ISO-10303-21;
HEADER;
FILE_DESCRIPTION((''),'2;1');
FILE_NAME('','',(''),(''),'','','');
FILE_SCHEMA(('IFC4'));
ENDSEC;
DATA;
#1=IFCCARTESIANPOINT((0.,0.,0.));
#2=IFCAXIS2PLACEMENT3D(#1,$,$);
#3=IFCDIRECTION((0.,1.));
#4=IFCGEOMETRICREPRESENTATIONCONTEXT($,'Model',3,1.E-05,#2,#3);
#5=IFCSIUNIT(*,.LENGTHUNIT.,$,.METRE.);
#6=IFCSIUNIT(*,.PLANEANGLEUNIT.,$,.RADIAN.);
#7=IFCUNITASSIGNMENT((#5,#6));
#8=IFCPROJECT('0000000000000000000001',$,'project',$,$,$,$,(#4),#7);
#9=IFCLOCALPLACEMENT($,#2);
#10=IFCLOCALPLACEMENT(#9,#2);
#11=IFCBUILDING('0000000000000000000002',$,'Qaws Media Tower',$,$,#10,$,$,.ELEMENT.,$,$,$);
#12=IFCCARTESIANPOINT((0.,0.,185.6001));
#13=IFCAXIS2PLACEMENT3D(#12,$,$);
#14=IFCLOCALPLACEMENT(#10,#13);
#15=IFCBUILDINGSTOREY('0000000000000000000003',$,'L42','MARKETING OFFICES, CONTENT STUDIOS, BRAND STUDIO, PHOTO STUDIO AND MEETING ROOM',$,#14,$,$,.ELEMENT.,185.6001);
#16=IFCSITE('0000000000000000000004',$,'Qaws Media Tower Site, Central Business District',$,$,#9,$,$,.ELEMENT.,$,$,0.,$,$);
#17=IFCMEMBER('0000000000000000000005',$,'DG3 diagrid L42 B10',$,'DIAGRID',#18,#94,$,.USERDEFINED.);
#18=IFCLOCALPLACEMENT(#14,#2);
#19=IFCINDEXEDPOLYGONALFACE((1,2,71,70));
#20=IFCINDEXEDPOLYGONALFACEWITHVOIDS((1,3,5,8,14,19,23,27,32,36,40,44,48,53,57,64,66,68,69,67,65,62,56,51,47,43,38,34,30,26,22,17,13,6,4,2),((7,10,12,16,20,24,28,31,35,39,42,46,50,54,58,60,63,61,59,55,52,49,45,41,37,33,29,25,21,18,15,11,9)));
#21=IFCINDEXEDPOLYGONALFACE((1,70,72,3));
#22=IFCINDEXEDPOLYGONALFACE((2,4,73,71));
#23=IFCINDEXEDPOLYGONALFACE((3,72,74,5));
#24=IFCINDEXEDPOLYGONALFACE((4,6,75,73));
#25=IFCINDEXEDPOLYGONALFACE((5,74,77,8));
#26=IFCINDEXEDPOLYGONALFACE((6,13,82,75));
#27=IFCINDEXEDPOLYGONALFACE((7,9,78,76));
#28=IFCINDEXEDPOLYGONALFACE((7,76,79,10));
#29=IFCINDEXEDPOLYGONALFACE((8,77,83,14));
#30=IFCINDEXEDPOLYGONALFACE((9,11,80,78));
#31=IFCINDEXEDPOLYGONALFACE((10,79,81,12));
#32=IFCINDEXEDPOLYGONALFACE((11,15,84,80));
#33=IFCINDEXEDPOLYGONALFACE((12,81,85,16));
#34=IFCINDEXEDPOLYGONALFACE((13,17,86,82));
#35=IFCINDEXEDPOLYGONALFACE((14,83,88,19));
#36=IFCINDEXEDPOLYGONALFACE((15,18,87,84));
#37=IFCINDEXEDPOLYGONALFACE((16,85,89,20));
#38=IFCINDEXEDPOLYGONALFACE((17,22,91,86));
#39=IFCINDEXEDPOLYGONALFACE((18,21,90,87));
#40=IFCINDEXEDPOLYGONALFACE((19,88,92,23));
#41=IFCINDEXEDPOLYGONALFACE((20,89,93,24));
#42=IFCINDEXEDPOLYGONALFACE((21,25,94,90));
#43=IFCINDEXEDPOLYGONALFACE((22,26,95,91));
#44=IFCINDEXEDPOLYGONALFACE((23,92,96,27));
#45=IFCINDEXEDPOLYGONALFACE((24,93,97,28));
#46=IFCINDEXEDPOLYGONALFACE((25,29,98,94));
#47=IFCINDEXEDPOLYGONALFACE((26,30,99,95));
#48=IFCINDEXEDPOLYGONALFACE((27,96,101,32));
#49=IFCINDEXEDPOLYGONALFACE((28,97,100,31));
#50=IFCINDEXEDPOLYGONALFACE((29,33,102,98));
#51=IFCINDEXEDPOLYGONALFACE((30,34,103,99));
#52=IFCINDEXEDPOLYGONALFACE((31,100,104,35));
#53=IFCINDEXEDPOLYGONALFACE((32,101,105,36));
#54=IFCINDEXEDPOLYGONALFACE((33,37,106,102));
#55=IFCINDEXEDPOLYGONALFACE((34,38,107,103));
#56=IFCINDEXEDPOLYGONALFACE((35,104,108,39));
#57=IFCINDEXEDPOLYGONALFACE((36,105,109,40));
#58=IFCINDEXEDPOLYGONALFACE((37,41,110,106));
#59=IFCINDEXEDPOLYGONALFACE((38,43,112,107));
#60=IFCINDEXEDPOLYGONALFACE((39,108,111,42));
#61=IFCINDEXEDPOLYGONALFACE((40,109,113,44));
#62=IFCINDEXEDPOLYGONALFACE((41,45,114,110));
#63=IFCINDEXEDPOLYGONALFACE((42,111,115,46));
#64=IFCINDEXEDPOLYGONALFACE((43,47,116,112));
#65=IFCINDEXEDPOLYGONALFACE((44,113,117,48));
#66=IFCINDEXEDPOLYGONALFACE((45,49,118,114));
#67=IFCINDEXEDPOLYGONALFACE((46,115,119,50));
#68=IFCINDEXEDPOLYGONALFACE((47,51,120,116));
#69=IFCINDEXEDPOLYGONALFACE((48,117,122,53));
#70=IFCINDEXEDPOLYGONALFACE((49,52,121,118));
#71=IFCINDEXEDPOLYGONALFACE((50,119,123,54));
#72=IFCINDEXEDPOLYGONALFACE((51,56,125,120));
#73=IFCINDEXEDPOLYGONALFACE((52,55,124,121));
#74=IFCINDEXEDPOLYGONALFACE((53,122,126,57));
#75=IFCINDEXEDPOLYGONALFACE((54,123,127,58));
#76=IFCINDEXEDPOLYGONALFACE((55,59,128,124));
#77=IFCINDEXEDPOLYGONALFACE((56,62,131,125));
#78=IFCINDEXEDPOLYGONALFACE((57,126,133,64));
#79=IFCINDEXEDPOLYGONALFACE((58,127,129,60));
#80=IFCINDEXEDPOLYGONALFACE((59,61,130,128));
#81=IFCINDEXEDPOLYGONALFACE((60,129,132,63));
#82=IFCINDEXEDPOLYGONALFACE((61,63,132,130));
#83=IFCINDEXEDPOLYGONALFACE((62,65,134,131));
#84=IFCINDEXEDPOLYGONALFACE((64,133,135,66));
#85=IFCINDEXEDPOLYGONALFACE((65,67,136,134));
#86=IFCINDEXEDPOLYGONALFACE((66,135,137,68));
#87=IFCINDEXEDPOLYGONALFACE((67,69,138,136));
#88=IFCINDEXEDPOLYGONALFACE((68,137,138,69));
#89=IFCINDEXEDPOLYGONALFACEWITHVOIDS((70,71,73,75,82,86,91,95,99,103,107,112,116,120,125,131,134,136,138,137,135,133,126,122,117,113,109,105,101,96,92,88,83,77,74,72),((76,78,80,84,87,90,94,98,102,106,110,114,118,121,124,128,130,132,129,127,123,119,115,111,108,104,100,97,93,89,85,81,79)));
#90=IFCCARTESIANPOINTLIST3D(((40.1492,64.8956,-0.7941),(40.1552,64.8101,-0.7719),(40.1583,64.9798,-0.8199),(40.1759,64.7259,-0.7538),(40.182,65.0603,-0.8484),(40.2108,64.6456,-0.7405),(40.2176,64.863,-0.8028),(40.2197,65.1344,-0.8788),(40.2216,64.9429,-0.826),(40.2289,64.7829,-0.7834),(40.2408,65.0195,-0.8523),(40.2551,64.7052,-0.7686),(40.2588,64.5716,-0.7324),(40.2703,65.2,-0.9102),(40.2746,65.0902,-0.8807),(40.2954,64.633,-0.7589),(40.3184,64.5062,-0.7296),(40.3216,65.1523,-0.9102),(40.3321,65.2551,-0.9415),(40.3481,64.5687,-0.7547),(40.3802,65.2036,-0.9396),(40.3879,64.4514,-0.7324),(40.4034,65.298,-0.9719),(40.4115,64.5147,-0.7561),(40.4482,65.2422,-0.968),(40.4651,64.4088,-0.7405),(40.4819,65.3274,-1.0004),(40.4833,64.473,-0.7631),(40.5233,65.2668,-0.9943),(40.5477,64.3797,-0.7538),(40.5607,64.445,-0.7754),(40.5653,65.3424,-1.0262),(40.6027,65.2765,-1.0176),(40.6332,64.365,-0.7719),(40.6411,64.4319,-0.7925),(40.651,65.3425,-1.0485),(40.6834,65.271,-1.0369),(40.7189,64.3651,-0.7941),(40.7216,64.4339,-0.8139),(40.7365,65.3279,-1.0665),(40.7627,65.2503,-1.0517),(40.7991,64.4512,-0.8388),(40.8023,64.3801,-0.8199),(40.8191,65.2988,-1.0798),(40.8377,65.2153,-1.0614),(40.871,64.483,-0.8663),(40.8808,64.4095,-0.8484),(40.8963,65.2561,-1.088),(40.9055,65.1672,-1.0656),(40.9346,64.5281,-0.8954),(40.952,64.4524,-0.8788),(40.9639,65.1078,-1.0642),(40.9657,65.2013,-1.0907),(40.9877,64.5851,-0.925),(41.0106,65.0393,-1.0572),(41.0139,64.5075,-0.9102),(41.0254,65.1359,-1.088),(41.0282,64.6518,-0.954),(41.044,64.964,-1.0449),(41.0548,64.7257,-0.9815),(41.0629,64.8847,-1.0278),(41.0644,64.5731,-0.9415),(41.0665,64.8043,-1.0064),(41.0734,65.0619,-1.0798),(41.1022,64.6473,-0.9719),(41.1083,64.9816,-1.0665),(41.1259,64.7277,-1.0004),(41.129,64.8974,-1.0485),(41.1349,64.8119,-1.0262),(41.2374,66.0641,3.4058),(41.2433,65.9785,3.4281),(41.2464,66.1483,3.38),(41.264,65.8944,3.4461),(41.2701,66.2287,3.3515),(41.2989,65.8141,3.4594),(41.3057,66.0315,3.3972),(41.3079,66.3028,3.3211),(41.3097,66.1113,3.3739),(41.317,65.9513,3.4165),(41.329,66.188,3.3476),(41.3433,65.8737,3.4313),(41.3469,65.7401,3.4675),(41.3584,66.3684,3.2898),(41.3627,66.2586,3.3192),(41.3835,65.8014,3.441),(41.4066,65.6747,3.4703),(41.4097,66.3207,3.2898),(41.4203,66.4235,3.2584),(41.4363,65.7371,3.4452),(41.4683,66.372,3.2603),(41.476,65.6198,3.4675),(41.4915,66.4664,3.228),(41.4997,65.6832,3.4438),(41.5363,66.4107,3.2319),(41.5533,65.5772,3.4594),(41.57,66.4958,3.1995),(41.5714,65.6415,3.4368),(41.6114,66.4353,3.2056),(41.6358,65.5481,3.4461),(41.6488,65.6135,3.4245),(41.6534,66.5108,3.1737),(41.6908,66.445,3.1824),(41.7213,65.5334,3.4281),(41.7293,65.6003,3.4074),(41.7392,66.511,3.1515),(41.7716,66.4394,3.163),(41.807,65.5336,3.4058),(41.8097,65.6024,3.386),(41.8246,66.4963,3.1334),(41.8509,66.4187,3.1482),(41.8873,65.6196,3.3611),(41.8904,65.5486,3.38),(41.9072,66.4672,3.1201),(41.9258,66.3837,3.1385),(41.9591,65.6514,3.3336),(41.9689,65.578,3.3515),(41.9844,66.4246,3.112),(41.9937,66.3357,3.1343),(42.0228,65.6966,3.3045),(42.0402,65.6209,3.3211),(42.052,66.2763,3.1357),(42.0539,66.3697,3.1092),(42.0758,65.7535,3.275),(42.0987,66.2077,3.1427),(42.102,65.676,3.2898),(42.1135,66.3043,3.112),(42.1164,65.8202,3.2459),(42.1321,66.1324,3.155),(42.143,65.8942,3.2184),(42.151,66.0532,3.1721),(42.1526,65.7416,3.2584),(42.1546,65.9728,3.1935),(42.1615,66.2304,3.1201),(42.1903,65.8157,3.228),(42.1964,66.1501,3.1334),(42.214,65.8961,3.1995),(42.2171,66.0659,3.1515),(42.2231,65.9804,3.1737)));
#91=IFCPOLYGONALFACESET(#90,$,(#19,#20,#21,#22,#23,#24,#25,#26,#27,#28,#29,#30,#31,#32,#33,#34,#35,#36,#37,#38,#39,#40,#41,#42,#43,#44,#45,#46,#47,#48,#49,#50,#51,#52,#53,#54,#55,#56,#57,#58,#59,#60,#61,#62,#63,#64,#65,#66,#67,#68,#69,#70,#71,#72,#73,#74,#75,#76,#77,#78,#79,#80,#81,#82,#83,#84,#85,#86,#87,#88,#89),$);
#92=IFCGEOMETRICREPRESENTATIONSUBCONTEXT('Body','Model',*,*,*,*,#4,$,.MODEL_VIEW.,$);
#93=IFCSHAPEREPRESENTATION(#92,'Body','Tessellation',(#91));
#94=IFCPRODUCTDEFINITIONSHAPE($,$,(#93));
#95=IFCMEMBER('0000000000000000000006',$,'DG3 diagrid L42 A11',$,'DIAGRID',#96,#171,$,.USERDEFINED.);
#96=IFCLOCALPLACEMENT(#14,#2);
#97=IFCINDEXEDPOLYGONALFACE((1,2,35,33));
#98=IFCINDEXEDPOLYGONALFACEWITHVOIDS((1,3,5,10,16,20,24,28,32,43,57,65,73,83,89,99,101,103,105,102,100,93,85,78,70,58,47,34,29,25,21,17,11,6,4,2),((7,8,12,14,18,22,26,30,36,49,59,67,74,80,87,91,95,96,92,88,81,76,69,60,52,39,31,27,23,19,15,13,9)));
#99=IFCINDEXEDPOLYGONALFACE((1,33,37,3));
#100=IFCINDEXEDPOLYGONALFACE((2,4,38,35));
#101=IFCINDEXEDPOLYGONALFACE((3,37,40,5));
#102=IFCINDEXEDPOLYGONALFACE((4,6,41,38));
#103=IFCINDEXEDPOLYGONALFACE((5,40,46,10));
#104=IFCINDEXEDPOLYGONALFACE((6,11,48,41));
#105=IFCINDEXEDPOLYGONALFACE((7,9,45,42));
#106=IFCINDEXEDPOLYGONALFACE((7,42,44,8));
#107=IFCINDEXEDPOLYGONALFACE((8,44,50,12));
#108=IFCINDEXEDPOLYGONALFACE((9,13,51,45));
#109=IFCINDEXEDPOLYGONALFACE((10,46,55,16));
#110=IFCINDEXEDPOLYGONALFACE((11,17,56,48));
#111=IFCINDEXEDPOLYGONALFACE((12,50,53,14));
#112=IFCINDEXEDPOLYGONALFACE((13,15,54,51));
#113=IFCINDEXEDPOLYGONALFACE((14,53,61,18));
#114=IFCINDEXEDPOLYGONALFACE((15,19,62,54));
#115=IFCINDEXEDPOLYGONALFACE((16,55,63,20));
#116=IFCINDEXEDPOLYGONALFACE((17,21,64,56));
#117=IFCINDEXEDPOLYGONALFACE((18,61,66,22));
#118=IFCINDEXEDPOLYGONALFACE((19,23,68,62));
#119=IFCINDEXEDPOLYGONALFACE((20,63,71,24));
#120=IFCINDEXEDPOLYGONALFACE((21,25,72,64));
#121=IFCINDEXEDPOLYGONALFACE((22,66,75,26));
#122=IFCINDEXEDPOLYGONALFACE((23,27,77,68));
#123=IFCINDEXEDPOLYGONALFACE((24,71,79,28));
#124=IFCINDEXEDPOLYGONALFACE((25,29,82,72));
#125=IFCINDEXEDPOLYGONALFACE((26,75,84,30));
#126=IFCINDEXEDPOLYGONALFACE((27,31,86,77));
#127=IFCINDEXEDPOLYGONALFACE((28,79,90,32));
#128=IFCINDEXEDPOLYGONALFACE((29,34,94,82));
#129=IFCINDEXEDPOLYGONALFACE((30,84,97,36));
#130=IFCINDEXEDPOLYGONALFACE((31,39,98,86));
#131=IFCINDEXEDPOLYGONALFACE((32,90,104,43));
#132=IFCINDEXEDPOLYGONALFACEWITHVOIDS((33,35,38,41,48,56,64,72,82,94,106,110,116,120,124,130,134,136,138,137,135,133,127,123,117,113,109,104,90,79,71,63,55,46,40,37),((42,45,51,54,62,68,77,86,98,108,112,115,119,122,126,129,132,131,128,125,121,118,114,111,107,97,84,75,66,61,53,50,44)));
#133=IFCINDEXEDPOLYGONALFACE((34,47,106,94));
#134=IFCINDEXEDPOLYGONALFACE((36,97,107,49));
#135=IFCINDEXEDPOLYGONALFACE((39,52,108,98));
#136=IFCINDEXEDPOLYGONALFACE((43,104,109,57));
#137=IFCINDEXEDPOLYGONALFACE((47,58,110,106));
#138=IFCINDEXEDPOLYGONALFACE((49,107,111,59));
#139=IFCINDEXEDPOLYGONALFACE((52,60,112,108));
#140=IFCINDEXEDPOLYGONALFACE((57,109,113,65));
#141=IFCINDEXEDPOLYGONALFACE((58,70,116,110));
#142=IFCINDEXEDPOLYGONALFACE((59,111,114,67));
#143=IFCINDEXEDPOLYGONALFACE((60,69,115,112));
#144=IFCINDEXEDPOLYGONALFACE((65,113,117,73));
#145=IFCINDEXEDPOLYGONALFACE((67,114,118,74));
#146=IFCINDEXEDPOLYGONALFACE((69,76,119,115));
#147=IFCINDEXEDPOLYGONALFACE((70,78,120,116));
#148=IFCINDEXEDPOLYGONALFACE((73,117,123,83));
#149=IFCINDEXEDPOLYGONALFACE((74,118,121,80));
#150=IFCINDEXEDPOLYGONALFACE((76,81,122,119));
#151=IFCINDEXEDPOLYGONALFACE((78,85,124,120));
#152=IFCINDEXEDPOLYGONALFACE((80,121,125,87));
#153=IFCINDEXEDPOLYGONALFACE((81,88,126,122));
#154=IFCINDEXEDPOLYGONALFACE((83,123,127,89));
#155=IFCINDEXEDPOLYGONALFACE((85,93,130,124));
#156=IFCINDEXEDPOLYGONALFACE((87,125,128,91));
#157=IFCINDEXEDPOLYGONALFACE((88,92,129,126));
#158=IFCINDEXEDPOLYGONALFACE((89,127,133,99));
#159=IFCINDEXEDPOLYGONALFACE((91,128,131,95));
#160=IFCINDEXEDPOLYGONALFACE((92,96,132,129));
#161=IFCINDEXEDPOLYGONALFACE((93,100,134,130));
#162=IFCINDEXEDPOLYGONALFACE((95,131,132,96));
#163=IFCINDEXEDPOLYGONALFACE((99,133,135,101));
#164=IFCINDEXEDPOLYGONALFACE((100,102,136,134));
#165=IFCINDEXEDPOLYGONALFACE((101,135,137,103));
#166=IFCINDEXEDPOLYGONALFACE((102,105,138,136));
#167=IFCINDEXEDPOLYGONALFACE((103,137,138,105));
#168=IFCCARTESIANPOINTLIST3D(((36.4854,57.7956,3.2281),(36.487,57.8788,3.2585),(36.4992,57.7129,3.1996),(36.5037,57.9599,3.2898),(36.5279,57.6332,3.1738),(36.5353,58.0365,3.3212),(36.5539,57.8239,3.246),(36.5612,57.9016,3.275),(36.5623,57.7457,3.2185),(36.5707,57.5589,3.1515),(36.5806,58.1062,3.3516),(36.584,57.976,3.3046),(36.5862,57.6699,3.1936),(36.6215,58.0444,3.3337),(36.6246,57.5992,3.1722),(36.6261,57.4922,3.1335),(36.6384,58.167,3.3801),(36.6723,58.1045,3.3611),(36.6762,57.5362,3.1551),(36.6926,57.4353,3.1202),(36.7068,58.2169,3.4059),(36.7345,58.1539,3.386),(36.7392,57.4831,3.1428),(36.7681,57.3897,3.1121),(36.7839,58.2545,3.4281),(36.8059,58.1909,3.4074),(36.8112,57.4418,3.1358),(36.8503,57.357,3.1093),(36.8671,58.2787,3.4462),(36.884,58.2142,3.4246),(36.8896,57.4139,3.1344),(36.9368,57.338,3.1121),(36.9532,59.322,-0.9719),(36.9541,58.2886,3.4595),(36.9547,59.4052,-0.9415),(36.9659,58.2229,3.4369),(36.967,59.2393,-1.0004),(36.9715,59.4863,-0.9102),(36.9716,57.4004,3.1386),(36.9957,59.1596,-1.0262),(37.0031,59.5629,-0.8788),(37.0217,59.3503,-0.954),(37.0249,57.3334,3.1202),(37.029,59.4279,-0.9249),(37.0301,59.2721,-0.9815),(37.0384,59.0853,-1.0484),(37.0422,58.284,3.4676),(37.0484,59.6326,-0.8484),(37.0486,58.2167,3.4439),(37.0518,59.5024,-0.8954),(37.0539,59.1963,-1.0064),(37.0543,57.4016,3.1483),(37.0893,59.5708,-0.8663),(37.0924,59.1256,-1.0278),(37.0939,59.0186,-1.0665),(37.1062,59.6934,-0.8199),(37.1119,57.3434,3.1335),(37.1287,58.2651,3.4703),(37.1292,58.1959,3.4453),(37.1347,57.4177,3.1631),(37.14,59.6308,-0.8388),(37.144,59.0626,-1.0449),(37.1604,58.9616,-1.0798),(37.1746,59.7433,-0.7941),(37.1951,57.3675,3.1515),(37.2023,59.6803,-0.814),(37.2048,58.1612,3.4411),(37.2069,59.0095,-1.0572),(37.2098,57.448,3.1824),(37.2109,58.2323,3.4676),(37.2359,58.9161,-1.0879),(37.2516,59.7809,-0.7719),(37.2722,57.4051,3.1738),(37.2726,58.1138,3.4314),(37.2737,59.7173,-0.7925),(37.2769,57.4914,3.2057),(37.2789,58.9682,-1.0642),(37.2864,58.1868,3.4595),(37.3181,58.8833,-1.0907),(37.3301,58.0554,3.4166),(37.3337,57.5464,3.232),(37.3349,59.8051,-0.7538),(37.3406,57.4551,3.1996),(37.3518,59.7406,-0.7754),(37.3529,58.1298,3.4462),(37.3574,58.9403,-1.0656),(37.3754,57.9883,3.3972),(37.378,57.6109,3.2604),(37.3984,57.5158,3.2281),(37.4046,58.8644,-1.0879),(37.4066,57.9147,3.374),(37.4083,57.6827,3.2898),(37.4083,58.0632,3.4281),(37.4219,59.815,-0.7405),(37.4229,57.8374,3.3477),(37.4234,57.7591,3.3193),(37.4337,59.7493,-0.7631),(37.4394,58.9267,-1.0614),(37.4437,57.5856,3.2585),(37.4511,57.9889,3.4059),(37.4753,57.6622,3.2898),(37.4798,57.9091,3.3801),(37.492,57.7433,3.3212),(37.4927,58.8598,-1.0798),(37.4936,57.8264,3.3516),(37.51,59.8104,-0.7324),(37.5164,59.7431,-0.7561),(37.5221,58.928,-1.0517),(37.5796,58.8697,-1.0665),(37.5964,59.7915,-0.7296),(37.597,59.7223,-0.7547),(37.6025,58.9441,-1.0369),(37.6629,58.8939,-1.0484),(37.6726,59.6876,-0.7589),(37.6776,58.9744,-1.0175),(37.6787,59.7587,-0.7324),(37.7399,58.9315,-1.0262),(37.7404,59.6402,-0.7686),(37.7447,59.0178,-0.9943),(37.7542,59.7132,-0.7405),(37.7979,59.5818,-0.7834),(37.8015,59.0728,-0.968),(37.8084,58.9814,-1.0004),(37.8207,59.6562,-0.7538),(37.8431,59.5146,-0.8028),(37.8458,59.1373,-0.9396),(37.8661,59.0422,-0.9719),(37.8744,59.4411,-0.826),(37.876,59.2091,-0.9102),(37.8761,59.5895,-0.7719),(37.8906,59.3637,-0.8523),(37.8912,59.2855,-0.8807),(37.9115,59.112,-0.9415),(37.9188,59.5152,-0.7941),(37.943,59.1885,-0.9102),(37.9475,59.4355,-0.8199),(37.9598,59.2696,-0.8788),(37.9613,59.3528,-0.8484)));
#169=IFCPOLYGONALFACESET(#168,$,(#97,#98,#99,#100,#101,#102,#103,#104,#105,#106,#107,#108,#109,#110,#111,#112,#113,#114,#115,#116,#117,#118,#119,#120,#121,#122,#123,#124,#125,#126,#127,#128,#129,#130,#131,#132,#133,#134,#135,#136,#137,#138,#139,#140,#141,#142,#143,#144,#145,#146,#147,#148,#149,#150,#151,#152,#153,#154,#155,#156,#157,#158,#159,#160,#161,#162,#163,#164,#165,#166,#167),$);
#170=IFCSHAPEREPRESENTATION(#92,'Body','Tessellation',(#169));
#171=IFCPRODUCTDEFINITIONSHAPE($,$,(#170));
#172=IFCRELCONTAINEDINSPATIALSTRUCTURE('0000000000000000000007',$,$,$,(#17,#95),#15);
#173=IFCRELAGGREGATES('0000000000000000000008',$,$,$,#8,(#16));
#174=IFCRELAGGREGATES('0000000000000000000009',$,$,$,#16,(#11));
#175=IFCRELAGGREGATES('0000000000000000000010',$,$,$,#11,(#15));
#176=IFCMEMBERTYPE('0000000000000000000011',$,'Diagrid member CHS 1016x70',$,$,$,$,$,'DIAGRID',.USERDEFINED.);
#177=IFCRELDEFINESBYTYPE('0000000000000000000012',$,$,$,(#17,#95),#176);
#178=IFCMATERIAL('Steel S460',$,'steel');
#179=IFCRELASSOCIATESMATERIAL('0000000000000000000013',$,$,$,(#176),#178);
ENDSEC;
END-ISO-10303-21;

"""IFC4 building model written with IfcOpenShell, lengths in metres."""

from ifc_helpers import new_model, si_unit, direction, frame, origin, origin_2d, place, context, subcontext, project, spatial, hollow_circle, extrude, material, material_profile, profile_set, type_object, element, save


model = new_model("IFC4")

# Units and contexts
model_context = context("Model", 3, precision=1e-05, world=origin(), true_north=direction((0.0, 1.0)))
body_context = subcontext(model_context, "Body", "Model", "MODEL_VIEW")
ifc_project = project(units=[si_unit("LENGTHUNIT", "METRE"), si_unit("PLANEANGLEUNIT", "RADIAN")], contexts=[model_context])

# Site, building, storey
site_placement = place(None, origin())
site = spatial("IfcSite", under=ifc_project, at=site_placement, Name="Qaws Media Tower Site, Central Business District", CompositionType="ELEMENT", RefElevation=0.0)
building_placement = place(site_placement, origin())
building = spatial("IfcBuilding", under=site, at=building_placement, Name="Qaws Media Tower", CompositionType="ELEMENT")
storey_placement = place(building_placement, frame((0.0, 0.0, 185.6001)))
storey = spatial("IfcBuildingStorey", under=building, at=storey_placement, Name="L42", Description="MARKETING OFFICES, CONTENT STUDIOS, BRAND STUDIO, PHOTO STUDIO AND MEETING ROOM", CompositionType="ELEMENT", Elevation=185.6001)

# Members
ifc_material_1 = material(Name="Steel S460", Category="steel")
ifc_material_profile_1 = material_profile(ifc_material_1, hollow_circle(Radius=0.5081, WallThickness=0.0701, at=origin_2d()), Name="CHS 1016x70")
ifc_profile_set_1 = profile_set([ifc_material_profile_1], Name="Steel S460")
member_type_1 = type_object("IfcMemberType", Name="Diagrid member CHS 1016x70", ElementType="DIAGRID", PredefinedType="USERDEFINED", material=ifc_profile_set_1)
for number, where, z_axis, x_axis, name in (
    (1, (40.6421, 64.8538, -0.9102), (0.242173, 0.26005, 0.934733), (-0.731812, 0.681506, 0.0), "DG3 diagrid L42 B10"),
    (2, (37.4573, 59.3374, -0.9102), (-0.104109, -0.339711, 0.93475), (0.956109, -0.293011, 0.0), "DG3 diagrid L42 A11"),
):
    element("IfcMember", number, at=place(storey_placement, frame(where, z_axis=z_axis, x_axis=x_axis)), inside=storey, type_object=member_type_1, Name=name, ObjectType="DIAGRID", PredefinedType="USERDEFINED", context=body_context, shape_type="SweptSolid", body=[
        extrude(hollow_circle(Radius=0.5081, WallThickness=0.0701, at=origin_2d()), origin(), (0.0, 0.0, 1.0), 4.4932),
    ])

save(model, "model.ifc")
